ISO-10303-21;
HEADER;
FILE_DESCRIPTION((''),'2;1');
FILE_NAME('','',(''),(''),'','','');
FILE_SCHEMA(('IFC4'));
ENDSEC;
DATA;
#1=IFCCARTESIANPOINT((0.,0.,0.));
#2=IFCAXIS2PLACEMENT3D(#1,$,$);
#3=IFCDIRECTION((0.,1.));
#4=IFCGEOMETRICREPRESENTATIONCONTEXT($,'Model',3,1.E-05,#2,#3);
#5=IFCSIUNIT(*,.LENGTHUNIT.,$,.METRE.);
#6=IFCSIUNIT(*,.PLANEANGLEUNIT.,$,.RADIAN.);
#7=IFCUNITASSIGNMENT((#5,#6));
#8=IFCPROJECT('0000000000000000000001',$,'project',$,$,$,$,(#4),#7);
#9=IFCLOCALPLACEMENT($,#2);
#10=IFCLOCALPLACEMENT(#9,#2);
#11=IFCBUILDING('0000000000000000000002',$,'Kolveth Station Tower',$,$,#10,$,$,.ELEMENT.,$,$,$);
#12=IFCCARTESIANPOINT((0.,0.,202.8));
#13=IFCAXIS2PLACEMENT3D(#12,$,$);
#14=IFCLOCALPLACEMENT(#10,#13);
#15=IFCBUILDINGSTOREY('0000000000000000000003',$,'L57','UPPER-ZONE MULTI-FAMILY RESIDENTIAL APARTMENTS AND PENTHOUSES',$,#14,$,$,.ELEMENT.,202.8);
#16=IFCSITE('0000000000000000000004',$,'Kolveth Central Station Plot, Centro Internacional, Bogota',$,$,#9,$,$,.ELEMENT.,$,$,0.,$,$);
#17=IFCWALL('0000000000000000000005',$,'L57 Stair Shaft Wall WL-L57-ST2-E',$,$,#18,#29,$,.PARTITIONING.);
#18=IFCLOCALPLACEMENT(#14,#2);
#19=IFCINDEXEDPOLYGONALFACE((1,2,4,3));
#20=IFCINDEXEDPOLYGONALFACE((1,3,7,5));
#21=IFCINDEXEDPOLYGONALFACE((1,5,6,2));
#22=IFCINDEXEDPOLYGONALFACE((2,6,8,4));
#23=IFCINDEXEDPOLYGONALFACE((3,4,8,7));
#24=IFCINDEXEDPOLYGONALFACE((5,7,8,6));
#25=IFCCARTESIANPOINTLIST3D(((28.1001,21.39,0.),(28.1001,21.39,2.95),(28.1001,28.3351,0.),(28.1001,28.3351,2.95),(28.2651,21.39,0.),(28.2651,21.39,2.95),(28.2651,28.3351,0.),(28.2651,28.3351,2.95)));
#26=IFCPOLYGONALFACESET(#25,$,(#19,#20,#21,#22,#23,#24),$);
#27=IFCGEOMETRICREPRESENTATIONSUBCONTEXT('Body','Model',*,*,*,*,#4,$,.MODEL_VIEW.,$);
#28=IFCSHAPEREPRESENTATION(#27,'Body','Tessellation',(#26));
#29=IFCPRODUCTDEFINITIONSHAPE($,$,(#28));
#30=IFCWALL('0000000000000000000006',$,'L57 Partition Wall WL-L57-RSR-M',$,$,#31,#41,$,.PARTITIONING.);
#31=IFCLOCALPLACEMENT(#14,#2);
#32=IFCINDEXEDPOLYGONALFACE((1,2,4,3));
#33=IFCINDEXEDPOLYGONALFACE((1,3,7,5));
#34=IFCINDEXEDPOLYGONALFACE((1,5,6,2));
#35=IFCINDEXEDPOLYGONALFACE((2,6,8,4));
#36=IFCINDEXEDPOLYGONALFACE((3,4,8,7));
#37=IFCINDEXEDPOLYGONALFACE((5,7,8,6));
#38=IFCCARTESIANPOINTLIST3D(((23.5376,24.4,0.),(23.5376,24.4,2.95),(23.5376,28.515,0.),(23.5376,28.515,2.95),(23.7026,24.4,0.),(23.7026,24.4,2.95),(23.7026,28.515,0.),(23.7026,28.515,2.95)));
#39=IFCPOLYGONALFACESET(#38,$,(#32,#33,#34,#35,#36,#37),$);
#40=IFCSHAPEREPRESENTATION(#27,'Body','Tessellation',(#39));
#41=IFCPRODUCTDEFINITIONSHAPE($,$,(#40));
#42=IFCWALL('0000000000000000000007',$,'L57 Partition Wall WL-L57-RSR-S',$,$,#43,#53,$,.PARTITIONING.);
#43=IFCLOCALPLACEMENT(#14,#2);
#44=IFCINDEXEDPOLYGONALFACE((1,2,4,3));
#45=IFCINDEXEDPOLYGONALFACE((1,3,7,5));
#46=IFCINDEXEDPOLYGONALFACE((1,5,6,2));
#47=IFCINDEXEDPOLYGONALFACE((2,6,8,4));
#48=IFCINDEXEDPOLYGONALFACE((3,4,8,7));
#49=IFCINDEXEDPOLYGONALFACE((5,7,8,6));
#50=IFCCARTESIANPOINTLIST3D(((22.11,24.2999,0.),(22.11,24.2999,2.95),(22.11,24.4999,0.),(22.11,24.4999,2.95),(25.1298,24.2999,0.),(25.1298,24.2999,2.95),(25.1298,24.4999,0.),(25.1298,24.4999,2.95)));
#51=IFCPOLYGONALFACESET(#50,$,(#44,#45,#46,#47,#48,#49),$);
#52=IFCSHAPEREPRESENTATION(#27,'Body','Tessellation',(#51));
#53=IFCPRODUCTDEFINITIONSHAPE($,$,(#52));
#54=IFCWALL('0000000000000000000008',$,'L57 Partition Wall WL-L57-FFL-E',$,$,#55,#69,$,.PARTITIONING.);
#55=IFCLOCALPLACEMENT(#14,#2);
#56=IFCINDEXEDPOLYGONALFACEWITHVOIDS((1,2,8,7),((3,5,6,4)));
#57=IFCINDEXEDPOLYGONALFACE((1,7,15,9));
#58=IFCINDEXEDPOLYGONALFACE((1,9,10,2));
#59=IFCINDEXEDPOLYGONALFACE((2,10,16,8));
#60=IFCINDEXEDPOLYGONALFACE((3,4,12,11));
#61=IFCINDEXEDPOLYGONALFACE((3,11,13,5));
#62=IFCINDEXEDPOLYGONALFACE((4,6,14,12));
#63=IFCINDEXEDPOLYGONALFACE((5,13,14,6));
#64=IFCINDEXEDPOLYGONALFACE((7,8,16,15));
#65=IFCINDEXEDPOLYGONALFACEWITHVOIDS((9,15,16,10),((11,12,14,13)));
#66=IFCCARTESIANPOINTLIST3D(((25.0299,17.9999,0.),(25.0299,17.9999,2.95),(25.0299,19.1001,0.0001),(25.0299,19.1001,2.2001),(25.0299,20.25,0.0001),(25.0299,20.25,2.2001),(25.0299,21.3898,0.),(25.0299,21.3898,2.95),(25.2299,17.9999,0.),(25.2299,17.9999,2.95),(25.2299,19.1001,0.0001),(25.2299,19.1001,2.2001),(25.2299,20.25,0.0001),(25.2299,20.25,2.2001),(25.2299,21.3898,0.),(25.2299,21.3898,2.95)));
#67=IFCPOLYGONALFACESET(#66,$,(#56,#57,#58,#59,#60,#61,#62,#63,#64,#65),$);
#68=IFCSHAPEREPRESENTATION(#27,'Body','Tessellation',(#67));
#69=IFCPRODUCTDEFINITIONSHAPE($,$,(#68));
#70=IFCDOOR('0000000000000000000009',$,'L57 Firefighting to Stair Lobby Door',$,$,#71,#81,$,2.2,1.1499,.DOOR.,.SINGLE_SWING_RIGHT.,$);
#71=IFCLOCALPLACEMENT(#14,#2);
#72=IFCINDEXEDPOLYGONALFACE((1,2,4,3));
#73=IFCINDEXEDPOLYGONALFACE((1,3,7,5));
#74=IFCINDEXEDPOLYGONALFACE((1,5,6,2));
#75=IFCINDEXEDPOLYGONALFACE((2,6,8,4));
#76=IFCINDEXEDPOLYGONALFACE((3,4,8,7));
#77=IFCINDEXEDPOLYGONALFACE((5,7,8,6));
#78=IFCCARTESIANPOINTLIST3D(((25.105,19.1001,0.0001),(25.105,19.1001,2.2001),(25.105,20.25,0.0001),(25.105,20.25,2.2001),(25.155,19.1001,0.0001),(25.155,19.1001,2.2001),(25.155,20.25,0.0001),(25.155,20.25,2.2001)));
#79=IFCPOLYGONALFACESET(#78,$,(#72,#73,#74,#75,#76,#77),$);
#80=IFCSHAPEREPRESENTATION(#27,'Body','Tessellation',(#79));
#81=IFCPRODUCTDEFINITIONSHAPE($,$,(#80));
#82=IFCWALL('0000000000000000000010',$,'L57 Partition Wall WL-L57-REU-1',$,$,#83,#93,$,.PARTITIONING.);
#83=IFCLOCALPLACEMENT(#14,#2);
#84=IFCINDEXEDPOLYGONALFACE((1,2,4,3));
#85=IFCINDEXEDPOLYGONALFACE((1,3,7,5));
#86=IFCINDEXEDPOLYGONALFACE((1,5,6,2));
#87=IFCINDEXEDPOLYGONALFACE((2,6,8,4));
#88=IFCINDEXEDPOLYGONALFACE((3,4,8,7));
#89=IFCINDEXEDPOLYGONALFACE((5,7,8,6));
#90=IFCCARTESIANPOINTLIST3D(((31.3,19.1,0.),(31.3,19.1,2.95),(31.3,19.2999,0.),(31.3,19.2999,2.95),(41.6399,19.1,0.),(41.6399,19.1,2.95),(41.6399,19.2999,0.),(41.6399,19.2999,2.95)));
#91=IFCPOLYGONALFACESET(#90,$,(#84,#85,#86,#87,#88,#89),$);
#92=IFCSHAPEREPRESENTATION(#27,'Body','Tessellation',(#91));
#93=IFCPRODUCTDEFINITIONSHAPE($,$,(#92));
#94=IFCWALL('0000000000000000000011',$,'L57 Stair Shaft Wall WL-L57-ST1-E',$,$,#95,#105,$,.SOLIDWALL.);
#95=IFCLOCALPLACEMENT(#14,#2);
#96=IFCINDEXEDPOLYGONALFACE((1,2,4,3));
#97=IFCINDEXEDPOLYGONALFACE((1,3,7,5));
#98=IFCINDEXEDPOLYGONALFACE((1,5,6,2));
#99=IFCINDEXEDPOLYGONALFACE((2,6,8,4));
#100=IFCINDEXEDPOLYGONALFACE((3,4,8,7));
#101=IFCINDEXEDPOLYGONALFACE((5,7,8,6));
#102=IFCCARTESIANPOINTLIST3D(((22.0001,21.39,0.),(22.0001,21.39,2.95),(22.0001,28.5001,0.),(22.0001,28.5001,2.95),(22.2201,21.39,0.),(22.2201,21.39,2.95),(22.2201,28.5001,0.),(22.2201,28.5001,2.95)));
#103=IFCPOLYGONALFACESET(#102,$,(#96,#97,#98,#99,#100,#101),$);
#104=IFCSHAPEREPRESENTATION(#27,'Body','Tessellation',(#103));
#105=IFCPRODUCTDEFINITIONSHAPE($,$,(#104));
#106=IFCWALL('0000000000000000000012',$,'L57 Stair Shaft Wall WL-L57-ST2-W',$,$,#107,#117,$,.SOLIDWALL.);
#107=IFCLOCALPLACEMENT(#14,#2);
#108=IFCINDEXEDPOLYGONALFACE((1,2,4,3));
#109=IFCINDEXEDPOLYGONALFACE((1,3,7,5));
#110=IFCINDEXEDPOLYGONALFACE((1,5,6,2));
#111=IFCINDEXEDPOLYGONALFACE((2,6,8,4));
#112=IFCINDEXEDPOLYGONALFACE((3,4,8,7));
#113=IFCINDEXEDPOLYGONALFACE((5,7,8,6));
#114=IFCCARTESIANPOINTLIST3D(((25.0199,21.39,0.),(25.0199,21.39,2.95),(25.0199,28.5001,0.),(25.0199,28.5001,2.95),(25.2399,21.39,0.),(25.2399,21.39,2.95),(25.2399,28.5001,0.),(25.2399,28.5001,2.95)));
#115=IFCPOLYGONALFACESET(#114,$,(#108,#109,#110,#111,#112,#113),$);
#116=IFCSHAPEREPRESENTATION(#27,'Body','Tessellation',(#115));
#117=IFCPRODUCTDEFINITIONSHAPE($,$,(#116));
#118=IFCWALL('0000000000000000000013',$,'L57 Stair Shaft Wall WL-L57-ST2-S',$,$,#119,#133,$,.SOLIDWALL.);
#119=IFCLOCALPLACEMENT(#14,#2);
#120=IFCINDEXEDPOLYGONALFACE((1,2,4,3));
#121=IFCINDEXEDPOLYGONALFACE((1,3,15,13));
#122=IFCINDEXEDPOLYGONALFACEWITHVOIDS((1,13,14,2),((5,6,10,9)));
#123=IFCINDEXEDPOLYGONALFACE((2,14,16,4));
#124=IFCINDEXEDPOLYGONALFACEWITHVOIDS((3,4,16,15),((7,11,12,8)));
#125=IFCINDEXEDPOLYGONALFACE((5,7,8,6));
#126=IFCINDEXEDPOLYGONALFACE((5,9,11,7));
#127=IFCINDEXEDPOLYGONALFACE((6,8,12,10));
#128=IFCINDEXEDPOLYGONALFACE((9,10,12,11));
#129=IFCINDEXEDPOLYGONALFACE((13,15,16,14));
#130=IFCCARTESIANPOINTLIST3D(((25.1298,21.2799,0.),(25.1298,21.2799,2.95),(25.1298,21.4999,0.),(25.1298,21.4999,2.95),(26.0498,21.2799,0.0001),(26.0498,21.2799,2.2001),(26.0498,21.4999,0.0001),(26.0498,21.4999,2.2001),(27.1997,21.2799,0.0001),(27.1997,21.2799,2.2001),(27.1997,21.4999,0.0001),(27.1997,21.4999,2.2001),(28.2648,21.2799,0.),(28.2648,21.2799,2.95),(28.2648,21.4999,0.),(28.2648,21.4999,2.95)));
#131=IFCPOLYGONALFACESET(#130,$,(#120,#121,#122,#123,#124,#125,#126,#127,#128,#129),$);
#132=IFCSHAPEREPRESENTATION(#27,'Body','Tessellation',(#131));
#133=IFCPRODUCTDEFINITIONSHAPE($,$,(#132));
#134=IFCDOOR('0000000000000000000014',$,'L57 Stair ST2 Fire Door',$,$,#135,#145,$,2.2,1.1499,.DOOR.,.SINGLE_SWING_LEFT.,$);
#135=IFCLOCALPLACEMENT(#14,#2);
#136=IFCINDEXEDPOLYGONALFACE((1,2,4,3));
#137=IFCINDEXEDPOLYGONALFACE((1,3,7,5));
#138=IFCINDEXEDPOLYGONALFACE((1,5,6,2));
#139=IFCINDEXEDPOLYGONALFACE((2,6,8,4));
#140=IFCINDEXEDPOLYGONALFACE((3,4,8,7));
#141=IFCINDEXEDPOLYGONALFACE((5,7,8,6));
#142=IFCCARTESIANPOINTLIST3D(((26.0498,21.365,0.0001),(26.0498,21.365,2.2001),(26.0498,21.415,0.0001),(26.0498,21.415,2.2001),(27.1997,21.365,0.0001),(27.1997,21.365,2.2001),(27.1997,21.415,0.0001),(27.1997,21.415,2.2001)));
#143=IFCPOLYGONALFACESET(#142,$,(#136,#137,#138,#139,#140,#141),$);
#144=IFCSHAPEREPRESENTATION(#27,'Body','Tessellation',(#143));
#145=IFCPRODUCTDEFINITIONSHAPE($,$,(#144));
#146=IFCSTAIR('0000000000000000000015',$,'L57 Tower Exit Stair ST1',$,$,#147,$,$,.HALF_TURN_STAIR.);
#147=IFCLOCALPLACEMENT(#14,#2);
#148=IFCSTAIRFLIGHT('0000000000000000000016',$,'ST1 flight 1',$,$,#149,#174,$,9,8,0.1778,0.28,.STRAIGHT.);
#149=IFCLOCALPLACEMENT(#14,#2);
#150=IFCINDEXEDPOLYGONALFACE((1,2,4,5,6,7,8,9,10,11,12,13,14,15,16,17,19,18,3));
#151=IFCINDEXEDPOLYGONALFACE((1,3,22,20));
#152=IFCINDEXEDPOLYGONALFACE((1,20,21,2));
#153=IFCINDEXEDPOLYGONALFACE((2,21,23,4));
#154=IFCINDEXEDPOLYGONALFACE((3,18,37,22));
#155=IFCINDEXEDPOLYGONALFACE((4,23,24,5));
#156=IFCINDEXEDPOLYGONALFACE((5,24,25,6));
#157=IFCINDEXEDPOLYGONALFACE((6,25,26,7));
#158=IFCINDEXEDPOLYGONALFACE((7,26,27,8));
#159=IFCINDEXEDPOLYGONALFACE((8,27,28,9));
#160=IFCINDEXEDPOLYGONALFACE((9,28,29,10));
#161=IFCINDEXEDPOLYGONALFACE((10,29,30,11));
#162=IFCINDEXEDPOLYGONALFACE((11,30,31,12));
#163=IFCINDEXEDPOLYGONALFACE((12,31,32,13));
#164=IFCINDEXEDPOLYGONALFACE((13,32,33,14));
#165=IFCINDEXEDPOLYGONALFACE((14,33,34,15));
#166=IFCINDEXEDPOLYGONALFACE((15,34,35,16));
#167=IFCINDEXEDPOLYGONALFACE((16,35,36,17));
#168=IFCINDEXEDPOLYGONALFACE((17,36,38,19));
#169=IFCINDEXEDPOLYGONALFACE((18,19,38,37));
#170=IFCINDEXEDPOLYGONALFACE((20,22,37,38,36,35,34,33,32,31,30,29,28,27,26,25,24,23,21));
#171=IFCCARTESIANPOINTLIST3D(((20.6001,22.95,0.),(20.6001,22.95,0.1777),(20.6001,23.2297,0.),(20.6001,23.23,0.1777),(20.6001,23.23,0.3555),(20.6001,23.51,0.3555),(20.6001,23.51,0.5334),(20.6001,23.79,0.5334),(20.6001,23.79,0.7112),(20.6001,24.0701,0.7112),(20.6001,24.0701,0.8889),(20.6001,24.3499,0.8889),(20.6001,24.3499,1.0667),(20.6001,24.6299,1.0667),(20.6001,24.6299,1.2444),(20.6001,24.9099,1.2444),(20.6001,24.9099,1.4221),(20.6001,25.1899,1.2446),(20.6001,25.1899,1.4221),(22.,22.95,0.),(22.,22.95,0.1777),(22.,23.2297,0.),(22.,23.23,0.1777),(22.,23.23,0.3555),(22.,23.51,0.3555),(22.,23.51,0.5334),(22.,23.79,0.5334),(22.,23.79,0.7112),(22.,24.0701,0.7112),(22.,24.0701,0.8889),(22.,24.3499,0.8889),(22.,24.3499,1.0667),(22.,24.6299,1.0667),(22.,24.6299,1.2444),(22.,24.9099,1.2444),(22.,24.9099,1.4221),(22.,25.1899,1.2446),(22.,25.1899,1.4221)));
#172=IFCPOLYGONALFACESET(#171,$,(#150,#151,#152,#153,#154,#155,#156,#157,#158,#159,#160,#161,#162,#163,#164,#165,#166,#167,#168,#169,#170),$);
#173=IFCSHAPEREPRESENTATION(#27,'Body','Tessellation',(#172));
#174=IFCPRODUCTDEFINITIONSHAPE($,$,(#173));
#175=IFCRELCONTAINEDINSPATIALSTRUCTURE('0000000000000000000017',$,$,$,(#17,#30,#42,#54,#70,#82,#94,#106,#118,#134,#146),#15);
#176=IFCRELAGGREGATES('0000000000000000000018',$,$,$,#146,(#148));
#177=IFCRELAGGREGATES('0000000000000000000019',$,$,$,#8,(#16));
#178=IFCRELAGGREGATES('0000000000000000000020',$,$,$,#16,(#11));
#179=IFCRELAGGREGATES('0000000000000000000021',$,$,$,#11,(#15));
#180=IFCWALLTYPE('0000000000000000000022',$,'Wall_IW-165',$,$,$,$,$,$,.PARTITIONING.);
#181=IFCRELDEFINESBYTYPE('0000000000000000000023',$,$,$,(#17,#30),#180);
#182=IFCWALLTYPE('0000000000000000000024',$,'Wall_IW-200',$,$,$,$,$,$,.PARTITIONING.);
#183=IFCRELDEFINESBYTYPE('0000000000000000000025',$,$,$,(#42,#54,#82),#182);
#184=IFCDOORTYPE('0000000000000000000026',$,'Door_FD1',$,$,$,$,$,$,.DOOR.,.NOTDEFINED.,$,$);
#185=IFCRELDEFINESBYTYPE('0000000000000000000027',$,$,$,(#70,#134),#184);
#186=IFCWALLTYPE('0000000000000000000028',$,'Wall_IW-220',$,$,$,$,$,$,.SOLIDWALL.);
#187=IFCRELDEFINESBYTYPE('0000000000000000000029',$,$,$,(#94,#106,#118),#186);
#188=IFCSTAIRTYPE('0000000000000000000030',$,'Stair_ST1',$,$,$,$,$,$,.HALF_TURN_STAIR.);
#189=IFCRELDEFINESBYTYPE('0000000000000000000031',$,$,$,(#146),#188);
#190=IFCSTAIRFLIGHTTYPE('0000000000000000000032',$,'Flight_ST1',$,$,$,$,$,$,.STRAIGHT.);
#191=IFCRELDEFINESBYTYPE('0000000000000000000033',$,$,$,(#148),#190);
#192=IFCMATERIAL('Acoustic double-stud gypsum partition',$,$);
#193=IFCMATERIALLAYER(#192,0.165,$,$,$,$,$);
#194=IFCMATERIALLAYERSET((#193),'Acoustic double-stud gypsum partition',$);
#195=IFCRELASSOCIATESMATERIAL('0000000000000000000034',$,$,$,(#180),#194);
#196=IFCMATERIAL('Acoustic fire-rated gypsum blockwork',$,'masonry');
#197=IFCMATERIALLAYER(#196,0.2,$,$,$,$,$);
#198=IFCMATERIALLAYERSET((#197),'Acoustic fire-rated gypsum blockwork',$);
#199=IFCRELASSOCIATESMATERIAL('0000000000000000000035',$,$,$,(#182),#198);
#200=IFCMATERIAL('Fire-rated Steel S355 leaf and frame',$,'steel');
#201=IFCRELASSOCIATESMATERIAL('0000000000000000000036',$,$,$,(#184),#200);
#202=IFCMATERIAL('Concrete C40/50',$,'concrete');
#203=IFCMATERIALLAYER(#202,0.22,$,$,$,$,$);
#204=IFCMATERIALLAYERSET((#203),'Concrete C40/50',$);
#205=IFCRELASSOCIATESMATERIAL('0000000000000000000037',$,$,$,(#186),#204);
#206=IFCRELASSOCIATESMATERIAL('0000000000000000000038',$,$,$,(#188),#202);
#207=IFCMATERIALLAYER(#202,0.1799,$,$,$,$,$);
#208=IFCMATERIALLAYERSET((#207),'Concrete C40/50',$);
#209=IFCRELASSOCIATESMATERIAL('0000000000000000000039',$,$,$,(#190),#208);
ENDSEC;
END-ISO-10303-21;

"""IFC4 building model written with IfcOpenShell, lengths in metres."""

from ifc_helpers import new_model, si_unit, direction, frame, frame_2d, origin, place, context, subcontext, project, spatial, polyline, rectangle, outline, extrude, material, layer, layer_set, type_object, element, fill, aggregate, save


model = new_model("IFC4")

# Units and contexts
model_context = context("Model", 3, precision=1e-05, world=origin(), true_north=direction((0.0, 1.0)))
body_context = subcontext(model_context, "Body", "Model", "MODEL_VIEW")
ifc_project = project(units=[si_unit("LENGTHUNIT", "METRE"), si_unit("PLANEANGLEUNIT", "RADIAN")], contexts=[model_context])

# Site, building, storey
site_placement = place(None, origin())
site = spatial("IfcSite", under=ifc_project, at=site_placement, Name="Kolveth Central Station Plot, Centro Internacional, Bogota", CompositionType="ELEMENT", RefElevation=0.0)
building_placement = place(site_placement, origin())
building = spatial("IfcBuilding", under=site, at=building_placement, Name="Kolveth Station Tower", CompositionType="ELEMENT")
storey_placement = place(building_placement, frame((0.0, 0.0, 202.8)))
storey = spatial("IfcBuildingStorey", under=building, at=storey_placement, Name="L57", Description="UPPER-ZONE MULTI-FAMILY RESIDENTIAL APARTMENTS AND PENTHOUSES", CompositionType="ELEMENT", Elevation=202.8)

# Walls
ifc_material_1 = material(Name="Acoustic double-stud gypsum partition")
ifc_layer_1 = layer(ifc_material_1, 0.165)
ifc_layer_set_1 = layer_set([ifc_layer_1], Name="Acoustic double-stud gypsum partition")
wall_type_1 = type_object("IfcWallType", Name="Wall_IW-165", PredefinedType="PARTITIONING", material=ifc_layer_set_1)
wall_1_placement = place(storey_placement, frame((28.1826, 21.3899, 0.0), z_axis=(0.0, 0.0, 1.0), x_axis=(0.0, 1.0, 0.0)))
element("IfcWall", 1, at=wall_1_placement, inside=storey, type_object=wall_type_1, Name="L57 Stair Shaft Wall WL-L57-ST2-E", PredefinedType="PARTITIONING", context=body_context, shape_type="SweptSolid", body=[
    extrude(rectangle(XDim=6.9451, YDim=0.165, at=frame_2d((3.4727, 0.0))), origin(), (0.0, 0.0, 1.0), 2.95),
])
wall_2_placement = place(storey_placement, frame((23.6201, 24.3999, 0.0), z_axis=(0.0, 0.0, 1.0), x_axis=(0.0, 1.0, 0.0)))
element("IfcWall", 2, at=wall_2_placement, inside=storey, type_object=wall_type_1, Name="L57 Partition Wall WL-L57-RSR-M", PredefinedType="PARTITIONING", context=body_context, shape_type="SweptSolid", body=[
    extrude(rectangle(XDim=4.115, YDim=0.165, at=frame_2d((2.0576, 0.0))), origin(), (0.0, 0.0, 1.0), 2.95),
])
ifc_material_2 = material(Name="Acoustic fire-rated gypsum blockwork", Category="masonry")
ifc_layer_2 = layer(ifc_material_2, 0.2)
ifc_layer_set_2 = layer_set([ifc_layer_2], Name="Acoustic fire-rated gypsum blockwork")
wall_type_2 = type_object("IfcWallType", Name="Wall_IW-200", PredefinedType="PARTITIONING", material=ifc_layer_set_2)
wall_3_placement = place(storey_placement, frame((22.1101, 24.3999, 0.0), z_axis=(0.0, 0.0, 1.0), x_axis=(1.0, 0.0, 0.0)))
element("IfcWall", 3, at=wall_3_placement, inside=storey, type_object=wall_type_2, Name="L57 Partition Wall WL-L57-RSR-S", PredefinedType="PARTITIONING", context=body_context, shape_type="SweptSolid", body=[
    extrude(rectangle(XDim=3.0198, YDim=0.2, at=frame_2d((1.5098, 0.0))), origin(), (0.0, 0.0, 1.0), 2.95),
])

# Wall, opening, door
wall_4_placement = place(storey_placement, frame((25.1299, 18.0, 0.0), z_axis=(0.0, 0.0, 1.0), x_axis=(0.0, 1.0, 0.0)))
wall_4 = element("IfcWall", 4, at=wall_4_placement, inside=storey, type_object=wall_type_2, Name="L57 Partition Wall WL-L57-FFL-E", PredefinedType="PARTITIONING", context=body_context, shape_type="SweptSolid", body=[
    extrude(rectangle(XDim=3.3899, YDim=0.2, at=frame_2d((1.6948, 0.0))), origin(), (0.0, 0.0, 1.0), 2.95),
])
opening_1_placement = place(wall_4_placement, frame((1.1001, 0.0, 0.0)))
opening_1 = element("IfcOpeningElement", 5, at=opening_1_placement, cuts=wall_4, PredefinedType="OPENING", context=body_context, shape_type="SweptSolid", body=[
    extrude(rectangle(XDim=1.1499, YDim=2.2, at=frame_2d((0.575, 1.1001))), frame((0.0, 0.1099, 0.0), z_axis=(0.0, -1.0, 0.0), x_axis=(1.0, 0.0, 0.0)), (0.0, 0.0, 1.0), 0.22),
])
ifc_material_3 = material(Name="Fire-rated Steel S355 leaf and frame", Category="steel")
door_type = type_object("IfcDoorType", Name="Door_FD1", OperationType="NOTDEFINED", PredefinedType="DOOR", material=ifc_material_3)
door_1_placement = place(opening_1_placement, origin())
door_1 = element("IfcDoor", 6, at=door_1_placement, inside=storey, type_object=door_type, Name="L57 Firefighting to Stair Lobby Door", OperationType="SINGLE_SWING_RIGHT", OverallHeight=2.2, OverallWidth=1.1499, PredefinedType="DOOR", context=body_context, shape_type="SweptSolid", body=[
    extrude(rectangle(XDim=1.1499, YDim=2.2, at=frame_2d((0.575, 1.1001))), frame((0.0, 0.0249, 0.0), z_axis=(0.0, -1.0, 0.0), x_axis=(1.0, 0.0, 0.0)), (0.0, 0.0, 1.0), 0.05),
])
fill(opening_1, door_1)

# Walls
wall_5_placement = place(storey_placement, frame((31.3, 19.2, 0.0), z_axis=(0.0, 0.0, 1.0), x_axis=(1.0, 0.0, 0.0)))
element("IfcWall", 7, at=wall_5_placement, inside=storey, type_object=wall_type_2, Name="L57 Partition Wall WL-L57-REU-1", PredefinedType="PARTITIONING", context=body_context, shape_type="SweptSolid", body=[
    extrude(rectangle(XDim=10.3398, YDim=0.2, at=frame_2d((5.1699, 0.0))), origin(), (0.0, 0.0, 1.0), 2.95),
])
ifc_material_4 = material(Name="Concrete C40/50", Category="concrete")
ifc_layer_3 = layer(ifc_material_4, 0.22)
ifc_layer_set_3 = layer_set([ifc_layer_3], Name="Concrete C40/50")
wall_type_3 = type_object("IfcWallType", Name="Wall_IW-220", PredefinedType="SOLIDWALL", material=ifc_layer_set_3)
for number, where, z_axis, x_axis, name in (
    (8, (22.1101, 21.3899, 0.0), (0.0, 0.0, 1.0), (0.0, 1.0, 0.0), "L57 Stair Shaft Wall WL-L57-ST1-E"),
    (9, (25.1299, 21.3899, 0.0), (0.0, 0.0, 1.0), (0.0, 1.0, 0.0), "L57 Stair Shaft Wall WL-L57-ST2-W"),
):
    element("IfcWall", number, at=place(storey_placement, frame(where, z_axis=z_axis, x_axis=x_axis)), inside=storey, type_object=wall_type_3, Name=name, PredefinedType="SOLIDWALL", context=body_context, shape_type="SweptSolid", body=[
        extrude(rectangle(XDim=7.1101, YDim=0.22, at=frame_2d((3.5552, 0.0))), origin(), (0.0, 0.0, 1.0), 2.95),
    ])

# Wall, opening, door
wall_6_placement = place(storey_placement, frame((25.1299, 21.3899, 0.0), z_axis=(0.0, 0.0, 1.0), x_axis=(1.0, 0.0, 0.0)))
wall_6 = element("IfcWall", 10, at=wall_6_placement, inside=storey, type_object=wall_type_3, Name="L57 Stair Shaft Wall WL-L57-ST2-S", PredefinedType="SOLIDWALL", context=body_context, shape_type="SweptSolid", body=[
    extrude(rectangle(XDim=3.135, YDim=0.22, at=frame_2d((1.5674, 0.0))), origin(), (0.0, 0.0, 1.0), 2.95),
])
opening_2_placement = place(wall_6_placement, frame((0.9199, 0.0, 0.0)))
opening_2 = element("IfcOpeningElement", 11, at=opening_2_placement, cuts=wall_6, PredefinedType="OPENING", context=body_context, shape_type="SweptSolid", body=[
    extrude(rectangle(XDim=1.1499, YDim=2.2, at=frame_2d((0.575, 1.1001))), frame((0.0, 0.1199, 0.0), z_axis=(0.0, -1.0, 0.0), x_axis=(1.0, 0.0, 0.0)), (0.0, 0.0, 1.0), 0.24),
])
door_2_placement = place(opening_2_placement, frame((1.1499, 0.0, 0.0), z_axis=(0.0, 0.0, 1.0), x_axis=(-1.0, 0.0, 0.0)))
door_2 = element("IfcDoor", 12, at=door_2_placement, inside=storey, type_object=door_type, Name="L57 Stair ST2 Fire Door", OperationType="SINGLE_SWING_LEFT", OverallHeight=2.2, OverallWidth=1.1499, PredefinedType="DOOR", context=body_context, shape_type="SweptSolid", body=[
    extrude(rectangle(XDim=1.1499, YDim=2.2, at=frame_2d((0.575, 1.1001))), frame((0.0, 0.0249, 0.0), z_axis=(0.0, -1.0, 0.0), x_axis=(1.0, 0.0, 0.0)), (0.0, 0.0, 1.0), 0.05),
])
fill(opening_2, door_2)

# Stair, stair flight
stair_type_1 = type_object("IfcStairType", Name="Stair_ST1", PredefinedType="HALF_TURN_STAIR", material=ifc_material_4)
stair_1_placement = place(storey_placement, origin())
stair_1 = element("IfcStair", 13, at=stair_1_placement, inside=storey, type_object=stair_type_1, Name="L57 Tower Exit Stair ST1", PredefinedType="HALF_TURN_STAIR")
ifc_layer_4 = layer(ifc_material_4, 0.1799)
ifc_layer_set_4 = layer_set([ifc_layer_4], Name="Concrete C40/50")
stair_flight_type_1 = type_object("IfcStairFlightType", Name="Flight_ST1", PredefinedType="STRAIGHT", material=ifc_layer_set_4)
stair_flight_1_placement = place(storey_placement, frame((21.3, 22.95, 0.0), z_axis=(0.0, 0.0, 1.0), x_axis=(0.0, 1.0, 0.0)))
stair_flight_1 = element("IfcStairFlight", 14, at=stair_flight_1_placement, type_object=stair_flight_type_1, Name="ST1 flight 1", NumberOfRisers=9, NumberOfTreads=8, PredefinedType="STRAIGHT", RiserHeight=0.1778, TreadLength=0.28, context=body_context, shape_type="SweptSolid", body=[
    extrude(outline(polyline([(0.0, 0.0), (0.0, 0.1777), (0.28, 0.1777), (0.28, 0.3555), (0.5601, 0.3555), (0.5601, 0.5334), (0.8401, 0.5334), (0.8401, 0.7112), (1.1201, 0.7112), (1.1201, 0.8889), (1.3999, 0.8889), (1.3999, 1.0667), (1.6799, 1.0667), (1.6799, 1.2444), (1.96, 1.2444), (1.96, 1.4221), (2.24, 1.4221), (2.24, 1.6001), (2.24, 1.2446), (0.2798, 0.0), (0.0, 0.0)])), frame((0.0, 0.7, 0.0), z_axis=(0.0, -1.0, 0.0), x_axis=(1.0, 0.0, 0.0)), (0.0, 0.0, 1.0), 1.3999),
])
aggregate(stair_1, [stair_flight_1])

save(model, "model.ifc")
